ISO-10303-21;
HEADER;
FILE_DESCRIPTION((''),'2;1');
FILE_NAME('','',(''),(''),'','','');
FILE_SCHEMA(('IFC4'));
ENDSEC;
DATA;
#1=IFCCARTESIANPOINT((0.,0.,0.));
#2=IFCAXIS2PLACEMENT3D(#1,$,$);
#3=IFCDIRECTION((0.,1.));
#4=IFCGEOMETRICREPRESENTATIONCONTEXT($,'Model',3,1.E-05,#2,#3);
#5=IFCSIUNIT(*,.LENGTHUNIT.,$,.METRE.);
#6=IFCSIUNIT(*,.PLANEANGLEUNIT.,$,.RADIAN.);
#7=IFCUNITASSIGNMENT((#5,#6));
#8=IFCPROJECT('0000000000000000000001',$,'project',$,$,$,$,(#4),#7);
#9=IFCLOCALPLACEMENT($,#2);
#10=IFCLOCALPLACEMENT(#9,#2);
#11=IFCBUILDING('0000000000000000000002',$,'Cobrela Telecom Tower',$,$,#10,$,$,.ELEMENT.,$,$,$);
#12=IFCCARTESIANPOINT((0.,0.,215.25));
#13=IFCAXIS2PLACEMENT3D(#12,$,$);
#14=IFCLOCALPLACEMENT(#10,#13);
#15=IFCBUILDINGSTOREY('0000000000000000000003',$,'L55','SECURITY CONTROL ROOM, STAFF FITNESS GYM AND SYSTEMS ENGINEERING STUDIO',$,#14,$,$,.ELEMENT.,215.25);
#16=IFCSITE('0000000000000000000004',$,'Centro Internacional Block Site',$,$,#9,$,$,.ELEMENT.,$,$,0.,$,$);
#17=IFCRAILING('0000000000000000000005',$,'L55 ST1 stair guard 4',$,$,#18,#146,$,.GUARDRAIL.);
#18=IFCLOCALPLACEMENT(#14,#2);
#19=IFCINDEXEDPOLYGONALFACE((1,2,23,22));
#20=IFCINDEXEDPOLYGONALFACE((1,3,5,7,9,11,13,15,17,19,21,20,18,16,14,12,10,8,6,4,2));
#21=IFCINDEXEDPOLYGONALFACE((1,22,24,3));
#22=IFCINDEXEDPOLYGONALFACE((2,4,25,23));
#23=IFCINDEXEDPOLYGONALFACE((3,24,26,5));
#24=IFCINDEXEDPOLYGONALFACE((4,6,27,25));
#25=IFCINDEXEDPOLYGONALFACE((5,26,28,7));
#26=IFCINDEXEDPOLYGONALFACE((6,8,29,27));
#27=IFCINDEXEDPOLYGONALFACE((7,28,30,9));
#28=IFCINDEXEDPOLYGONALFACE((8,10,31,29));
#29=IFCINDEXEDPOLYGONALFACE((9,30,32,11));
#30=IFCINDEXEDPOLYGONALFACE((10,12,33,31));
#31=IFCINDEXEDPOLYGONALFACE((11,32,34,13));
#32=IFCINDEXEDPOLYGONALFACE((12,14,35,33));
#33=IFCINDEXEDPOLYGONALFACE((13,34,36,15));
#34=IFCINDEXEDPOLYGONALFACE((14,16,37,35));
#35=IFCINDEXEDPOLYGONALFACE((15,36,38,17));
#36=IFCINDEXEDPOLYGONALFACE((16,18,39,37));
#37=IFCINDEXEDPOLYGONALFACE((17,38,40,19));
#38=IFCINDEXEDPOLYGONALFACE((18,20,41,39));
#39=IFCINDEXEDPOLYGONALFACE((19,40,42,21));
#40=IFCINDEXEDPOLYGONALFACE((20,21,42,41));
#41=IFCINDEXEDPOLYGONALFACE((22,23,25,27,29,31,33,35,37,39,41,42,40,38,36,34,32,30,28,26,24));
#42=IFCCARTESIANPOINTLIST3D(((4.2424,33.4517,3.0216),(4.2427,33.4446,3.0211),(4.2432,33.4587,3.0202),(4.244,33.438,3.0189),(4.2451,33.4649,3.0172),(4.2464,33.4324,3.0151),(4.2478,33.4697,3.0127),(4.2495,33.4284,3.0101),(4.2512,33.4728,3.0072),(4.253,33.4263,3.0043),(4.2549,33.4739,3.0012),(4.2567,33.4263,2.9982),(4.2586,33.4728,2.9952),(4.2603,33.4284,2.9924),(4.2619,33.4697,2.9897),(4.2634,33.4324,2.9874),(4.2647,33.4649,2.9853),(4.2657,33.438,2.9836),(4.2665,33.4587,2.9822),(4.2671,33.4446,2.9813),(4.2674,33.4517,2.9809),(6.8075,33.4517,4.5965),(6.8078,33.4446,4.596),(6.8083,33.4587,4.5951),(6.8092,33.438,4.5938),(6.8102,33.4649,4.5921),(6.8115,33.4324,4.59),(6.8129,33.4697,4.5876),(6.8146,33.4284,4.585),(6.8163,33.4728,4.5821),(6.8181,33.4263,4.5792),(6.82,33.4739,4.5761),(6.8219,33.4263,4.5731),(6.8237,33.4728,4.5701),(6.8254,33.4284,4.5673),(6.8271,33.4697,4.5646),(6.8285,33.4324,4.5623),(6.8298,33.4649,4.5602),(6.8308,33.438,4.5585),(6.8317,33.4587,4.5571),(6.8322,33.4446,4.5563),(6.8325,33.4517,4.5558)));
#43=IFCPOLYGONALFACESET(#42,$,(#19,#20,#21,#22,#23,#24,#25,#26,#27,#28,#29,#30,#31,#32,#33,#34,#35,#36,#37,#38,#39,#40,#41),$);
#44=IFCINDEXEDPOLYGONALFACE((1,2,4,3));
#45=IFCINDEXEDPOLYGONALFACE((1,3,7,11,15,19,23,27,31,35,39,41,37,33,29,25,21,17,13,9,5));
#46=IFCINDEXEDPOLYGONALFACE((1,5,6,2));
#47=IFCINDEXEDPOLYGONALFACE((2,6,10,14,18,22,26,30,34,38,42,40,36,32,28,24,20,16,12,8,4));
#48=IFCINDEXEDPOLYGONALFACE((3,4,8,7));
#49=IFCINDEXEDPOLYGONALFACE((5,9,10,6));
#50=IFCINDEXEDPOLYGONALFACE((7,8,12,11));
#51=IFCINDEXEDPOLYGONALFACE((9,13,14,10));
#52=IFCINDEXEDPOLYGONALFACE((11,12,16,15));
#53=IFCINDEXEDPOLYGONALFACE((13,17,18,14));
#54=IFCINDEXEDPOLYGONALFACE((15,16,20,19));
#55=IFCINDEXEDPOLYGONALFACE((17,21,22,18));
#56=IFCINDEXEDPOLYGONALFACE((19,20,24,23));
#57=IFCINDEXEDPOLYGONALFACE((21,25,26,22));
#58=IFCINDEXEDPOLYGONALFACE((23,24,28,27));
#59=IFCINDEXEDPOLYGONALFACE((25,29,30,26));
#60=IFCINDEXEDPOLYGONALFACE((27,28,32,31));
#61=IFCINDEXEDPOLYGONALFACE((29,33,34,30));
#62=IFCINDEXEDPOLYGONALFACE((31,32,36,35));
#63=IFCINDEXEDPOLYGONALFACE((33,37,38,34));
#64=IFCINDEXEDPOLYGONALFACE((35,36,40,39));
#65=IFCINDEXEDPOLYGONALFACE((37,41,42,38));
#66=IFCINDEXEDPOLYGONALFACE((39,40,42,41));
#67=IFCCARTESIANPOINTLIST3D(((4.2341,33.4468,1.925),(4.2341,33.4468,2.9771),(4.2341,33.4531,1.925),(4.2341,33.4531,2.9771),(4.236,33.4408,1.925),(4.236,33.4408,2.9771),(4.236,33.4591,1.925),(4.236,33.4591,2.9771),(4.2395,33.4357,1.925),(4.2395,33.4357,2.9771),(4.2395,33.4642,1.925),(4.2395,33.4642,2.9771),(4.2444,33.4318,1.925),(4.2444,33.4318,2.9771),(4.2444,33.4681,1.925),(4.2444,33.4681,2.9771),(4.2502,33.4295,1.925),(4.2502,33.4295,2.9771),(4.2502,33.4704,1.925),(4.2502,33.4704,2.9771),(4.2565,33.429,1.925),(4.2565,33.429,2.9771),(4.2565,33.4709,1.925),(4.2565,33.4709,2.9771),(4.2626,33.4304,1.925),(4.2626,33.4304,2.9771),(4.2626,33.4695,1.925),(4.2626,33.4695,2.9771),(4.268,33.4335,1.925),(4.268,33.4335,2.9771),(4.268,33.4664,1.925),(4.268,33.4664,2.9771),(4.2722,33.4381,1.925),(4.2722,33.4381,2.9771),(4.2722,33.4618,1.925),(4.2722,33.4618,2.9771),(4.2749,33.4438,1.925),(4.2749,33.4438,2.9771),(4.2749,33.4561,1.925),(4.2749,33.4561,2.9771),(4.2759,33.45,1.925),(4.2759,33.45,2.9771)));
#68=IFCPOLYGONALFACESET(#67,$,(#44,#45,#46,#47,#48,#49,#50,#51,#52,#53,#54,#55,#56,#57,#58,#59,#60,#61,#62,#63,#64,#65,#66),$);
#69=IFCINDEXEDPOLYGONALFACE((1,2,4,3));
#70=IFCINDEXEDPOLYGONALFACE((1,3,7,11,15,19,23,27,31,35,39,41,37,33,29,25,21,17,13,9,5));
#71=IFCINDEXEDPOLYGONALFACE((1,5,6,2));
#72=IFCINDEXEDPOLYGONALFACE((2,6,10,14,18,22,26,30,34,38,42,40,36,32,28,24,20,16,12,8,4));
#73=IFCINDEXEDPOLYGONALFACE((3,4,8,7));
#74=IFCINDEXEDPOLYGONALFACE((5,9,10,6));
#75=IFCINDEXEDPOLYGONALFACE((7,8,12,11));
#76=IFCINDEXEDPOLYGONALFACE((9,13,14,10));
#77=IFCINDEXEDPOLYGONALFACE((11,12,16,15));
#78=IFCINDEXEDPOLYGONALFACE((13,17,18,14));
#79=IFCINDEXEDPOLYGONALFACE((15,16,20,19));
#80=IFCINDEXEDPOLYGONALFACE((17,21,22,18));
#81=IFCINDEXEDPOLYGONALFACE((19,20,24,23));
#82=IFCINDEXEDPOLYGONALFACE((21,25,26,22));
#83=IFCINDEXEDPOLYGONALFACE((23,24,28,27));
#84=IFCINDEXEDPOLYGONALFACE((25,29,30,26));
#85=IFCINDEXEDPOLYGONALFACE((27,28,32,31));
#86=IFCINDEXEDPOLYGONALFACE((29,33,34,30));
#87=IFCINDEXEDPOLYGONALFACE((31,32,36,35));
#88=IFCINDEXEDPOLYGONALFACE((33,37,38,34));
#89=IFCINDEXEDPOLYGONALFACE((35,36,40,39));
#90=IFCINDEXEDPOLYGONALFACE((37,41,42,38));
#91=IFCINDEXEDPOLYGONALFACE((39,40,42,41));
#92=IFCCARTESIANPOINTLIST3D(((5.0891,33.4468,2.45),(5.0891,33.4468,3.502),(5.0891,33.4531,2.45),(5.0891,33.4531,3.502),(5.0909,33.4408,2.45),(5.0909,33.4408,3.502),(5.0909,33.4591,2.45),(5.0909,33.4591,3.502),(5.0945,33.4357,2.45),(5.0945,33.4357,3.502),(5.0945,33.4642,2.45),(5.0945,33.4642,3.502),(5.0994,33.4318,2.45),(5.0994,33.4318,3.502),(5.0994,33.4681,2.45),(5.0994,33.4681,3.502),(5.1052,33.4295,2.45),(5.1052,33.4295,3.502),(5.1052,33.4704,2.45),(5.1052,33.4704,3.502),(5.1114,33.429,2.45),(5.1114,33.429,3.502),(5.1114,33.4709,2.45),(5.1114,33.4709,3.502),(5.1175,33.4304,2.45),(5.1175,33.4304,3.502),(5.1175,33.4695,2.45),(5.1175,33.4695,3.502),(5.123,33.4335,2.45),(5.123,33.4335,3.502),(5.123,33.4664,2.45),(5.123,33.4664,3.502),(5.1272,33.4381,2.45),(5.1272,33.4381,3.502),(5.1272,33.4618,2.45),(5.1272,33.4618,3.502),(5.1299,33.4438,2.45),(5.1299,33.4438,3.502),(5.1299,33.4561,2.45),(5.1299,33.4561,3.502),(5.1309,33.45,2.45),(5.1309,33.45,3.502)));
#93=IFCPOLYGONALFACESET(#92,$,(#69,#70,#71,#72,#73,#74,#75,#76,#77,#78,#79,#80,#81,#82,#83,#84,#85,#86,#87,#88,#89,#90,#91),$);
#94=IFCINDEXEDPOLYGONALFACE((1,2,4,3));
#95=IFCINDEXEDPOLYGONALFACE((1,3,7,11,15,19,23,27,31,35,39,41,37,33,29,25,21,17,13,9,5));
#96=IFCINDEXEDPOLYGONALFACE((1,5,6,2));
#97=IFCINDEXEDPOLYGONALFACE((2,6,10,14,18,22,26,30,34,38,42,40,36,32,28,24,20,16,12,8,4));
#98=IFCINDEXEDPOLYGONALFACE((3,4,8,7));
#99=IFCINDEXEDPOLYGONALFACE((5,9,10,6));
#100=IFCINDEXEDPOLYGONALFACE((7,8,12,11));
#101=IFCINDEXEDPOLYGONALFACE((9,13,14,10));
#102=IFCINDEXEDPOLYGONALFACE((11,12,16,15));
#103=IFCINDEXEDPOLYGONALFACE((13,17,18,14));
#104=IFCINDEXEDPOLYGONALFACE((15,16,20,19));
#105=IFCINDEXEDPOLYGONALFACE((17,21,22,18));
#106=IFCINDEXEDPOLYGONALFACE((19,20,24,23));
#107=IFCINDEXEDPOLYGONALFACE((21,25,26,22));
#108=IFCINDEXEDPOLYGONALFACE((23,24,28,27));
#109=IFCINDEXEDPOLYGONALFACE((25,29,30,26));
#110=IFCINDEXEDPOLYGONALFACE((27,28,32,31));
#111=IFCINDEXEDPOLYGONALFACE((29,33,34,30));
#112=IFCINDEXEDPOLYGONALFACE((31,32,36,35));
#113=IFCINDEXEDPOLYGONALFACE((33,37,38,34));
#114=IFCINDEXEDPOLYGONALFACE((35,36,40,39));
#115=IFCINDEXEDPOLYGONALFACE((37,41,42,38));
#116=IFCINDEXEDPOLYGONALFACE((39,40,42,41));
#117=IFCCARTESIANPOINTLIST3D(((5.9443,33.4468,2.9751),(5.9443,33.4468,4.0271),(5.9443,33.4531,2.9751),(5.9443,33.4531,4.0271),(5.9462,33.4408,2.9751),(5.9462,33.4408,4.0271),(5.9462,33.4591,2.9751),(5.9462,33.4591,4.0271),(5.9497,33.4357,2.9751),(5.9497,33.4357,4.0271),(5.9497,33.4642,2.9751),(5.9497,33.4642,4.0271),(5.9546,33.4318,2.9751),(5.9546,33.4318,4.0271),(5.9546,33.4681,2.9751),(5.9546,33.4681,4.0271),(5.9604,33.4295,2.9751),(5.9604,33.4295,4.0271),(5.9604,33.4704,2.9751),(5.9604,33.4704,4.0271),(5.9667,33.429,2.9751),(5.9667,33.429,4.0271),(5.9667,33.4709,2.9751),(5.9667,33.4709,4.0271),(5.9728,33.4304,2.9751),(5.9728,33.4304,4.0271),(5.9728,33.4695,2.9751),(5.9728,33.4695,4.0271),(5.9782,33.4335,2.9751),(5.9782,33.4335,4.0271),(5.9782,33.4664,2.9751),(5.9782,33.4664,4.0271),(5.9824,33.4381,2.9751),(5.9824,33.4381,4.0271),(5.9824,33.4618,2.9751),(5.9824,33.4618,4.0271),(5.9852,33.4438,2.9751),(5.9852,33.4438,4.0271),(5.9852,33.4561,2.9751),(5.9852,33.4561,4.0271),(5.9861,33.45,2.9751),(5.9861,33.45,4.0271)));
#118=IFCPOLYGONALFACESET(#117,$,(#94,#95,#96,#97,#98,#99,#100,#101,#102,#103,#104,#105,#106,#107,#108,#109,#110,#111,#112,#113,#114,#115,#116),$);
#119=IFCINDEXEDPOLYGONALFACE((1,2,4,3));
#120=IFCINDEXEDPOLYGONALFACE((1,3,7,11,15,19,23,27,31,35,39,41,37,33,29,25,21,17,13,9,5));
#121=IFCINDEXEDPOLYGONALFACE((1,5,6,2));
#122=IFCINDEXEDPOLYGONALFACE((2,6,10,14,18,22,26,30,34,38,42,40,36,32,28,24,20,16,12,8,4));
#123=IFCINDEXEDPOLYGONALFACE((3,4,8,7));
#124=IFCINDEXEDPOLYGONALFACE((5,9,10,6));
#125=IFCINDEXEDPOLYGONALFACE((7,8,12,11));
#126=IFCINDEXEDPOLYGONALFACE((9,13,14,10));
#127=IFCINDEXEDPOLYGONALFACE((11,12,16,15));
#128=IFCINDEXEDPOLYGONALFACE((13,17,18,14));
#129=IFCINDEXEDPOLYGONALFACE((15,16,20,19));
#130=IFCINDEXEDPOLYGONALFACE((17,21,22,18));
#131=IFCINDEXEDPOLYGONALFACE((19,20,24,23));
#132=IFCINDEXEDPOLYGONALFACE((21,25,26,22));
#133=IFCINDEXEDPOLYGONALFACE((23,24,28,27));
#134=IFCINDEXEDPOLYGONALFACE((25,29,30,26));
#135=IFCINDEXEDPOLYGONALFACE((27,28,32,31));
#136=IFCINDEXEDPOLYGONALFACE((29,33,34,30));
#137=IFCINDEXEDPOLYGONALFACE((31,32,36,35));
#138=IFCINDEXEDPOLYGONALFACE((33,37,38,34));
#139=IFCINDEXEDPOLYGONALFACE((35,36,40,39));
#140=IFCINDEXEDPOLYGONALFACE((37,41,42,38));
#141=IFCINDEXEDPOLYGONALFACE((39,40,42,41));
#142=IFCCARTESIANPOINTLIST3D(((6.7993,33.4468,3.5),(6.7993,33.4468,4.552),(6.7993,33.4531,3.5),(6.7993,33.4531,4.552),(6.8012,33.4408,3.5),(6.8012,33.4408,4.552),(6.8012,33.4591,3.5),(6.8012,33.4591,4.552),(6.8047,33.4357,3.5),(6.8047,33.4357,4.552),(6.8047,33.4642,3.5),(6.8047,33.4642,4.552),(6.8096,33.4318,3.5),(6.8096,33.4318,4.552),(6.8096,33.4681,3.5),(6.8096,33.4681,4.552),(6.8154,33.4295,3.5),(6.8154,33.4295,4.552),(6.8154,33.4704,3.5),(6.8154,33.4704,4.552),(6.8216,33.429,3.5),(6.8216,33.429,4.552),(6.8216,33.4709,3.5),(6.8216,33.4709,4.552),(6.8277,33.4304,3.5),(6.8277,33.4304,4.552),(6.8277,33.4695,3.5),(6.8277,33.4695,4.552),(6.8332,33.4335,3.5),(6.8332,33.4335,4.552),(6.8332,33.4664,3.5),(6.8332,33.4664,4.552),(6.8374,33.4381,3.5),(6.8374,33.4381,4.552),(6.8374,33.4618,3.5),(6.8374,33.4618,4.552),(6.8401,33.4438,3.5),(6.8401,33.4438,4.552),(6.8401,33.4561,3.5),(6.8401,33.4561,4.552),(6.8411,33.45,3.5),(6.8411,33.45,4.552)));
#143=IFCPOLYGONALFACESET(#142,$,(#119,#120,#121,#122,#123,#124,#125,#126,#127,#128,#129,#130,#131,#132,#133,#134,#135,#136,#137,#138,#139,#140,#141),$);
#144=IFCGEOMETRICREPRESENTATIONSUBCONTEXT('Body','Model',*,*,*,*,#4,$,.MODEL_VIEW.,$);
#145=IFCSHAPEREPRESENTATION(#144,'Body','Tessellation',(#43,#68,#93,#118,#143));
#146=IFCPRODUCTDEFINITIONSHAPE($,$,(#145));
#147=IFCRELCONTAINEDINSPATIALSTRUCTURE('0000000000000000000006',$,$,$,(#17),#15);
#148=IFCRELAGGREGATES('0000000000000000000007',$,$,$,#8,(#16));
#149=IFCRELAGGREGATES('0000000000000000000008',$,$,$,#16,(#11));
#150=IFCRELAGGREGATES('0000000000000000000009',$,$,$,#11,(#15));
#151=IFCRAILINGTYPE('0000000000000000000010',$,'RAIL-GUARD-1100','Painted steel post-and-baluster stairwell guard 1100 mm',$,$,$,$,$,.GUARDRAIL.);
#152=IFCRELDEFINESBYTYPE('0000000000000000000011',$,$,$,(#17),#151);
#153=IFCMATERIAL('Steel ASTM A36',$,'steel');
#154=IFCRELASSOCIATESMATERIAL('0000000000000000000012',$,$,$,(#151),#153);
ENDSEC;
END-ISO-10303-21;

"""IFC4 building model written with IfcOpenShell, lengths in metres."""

from ifc_helpers import new_model, si_unit, direction, frame, origin, origin_2d, place, context, subcontext, project, spatial, circle, extrude, material, type_object, element, save


model = new_model("IFC4")

# Units and contexts
model_context = context("Model", 3, precision=1e-05, world=origin(), true_north=direction((0.0, 1.0)))
body_context = subcontext(model_context, "Body", "Model", "MODEL_VIEW")
ifc_project = project(units=[si_unit("LENGTHUNIT", "METRE"), si_unit("PLANEANGLEUNIT", "RADIAN")], contexts=[model_context])

# Site, building, storey
site_placement = place(None, origin())
site = spatial("IfcSite", under=ifc_project, at=site_placement, Name="Centro Internacional Block Site", CompositionType="ELEMENT", RefElevation=0.0)
building_placement = place(site_placement, origin())
building = spatial("IfcBuilding", under=site, at=building_placement, Name="Cobrela Telecom Tower", CompositionType="ELEMENT")
storey_placement = place(building_placement, frame((0.0, 0.0, 215.25)))
storey = spatial("IfcBuildingStorey", under=building, at=storey_placement, Name="L55", Description="SECURITY CONTROL ROOM, STAFF FITNESS GYM AND SYSTEMS ENGINEERING STUDIO", CompositionType="ELEMENT", Elevation=215.25)

# Shared definitions
ifc_material_1 = material(Name="Steel ASTM A36", Category="steel")

# Railing
railing_type_1 = type_object("IfcRailingType", Name="RAIL-GUARD-1100", Description="Painted steel post-and-baluster stairwell guard 1100 mm", PredefinedType="GUARDRAIL", material=ifc_material_1)
railing_1_placement = place(storey_placement, frame((4.2549, 33.45, 1.925)))
element("IfcRailing", 1, at=railing_1_placement, inside=storey, type_object=railing_type_1, Name="L55 ST1 stair guard 4", PredefinedType="GUARDRAIL", context=body_context, shape_type="SweptSolid", body=[
    extrude(circle(Radius=0.0239, at=origin_2d()), frame((0.0, 0.0, 1.0762), z_axis=(0.852195, 0.0, 0.523224), x_axis=(0.0, 1.0, 0.0)), (0.0, 0.0, 1.0), 3.01),
    extrude(circle(Radius=0.021, at=origin_2d()), origin(), (0.0, 0.0, 1.0), 1.052),
    extrude(circle(Radius=0.021, at=origin_2d()), frame((0.855, 0.0, 0.5249)), (0.0, 0.0, 1.0), 1.052),
    extrude(circle(Radius=0.021, at=origin_2d()), frame((1.7102, 0.0, 1.05)), (0.0, 0.0, 1.0), 1.052),
    extrude(circle(Radius=0.021, at=origin_2d()), frame((2.5652, 0.0, 1.575)), (0.0, 0.0, 1.0), 1.052),
])

save(model, "model.ifc")
